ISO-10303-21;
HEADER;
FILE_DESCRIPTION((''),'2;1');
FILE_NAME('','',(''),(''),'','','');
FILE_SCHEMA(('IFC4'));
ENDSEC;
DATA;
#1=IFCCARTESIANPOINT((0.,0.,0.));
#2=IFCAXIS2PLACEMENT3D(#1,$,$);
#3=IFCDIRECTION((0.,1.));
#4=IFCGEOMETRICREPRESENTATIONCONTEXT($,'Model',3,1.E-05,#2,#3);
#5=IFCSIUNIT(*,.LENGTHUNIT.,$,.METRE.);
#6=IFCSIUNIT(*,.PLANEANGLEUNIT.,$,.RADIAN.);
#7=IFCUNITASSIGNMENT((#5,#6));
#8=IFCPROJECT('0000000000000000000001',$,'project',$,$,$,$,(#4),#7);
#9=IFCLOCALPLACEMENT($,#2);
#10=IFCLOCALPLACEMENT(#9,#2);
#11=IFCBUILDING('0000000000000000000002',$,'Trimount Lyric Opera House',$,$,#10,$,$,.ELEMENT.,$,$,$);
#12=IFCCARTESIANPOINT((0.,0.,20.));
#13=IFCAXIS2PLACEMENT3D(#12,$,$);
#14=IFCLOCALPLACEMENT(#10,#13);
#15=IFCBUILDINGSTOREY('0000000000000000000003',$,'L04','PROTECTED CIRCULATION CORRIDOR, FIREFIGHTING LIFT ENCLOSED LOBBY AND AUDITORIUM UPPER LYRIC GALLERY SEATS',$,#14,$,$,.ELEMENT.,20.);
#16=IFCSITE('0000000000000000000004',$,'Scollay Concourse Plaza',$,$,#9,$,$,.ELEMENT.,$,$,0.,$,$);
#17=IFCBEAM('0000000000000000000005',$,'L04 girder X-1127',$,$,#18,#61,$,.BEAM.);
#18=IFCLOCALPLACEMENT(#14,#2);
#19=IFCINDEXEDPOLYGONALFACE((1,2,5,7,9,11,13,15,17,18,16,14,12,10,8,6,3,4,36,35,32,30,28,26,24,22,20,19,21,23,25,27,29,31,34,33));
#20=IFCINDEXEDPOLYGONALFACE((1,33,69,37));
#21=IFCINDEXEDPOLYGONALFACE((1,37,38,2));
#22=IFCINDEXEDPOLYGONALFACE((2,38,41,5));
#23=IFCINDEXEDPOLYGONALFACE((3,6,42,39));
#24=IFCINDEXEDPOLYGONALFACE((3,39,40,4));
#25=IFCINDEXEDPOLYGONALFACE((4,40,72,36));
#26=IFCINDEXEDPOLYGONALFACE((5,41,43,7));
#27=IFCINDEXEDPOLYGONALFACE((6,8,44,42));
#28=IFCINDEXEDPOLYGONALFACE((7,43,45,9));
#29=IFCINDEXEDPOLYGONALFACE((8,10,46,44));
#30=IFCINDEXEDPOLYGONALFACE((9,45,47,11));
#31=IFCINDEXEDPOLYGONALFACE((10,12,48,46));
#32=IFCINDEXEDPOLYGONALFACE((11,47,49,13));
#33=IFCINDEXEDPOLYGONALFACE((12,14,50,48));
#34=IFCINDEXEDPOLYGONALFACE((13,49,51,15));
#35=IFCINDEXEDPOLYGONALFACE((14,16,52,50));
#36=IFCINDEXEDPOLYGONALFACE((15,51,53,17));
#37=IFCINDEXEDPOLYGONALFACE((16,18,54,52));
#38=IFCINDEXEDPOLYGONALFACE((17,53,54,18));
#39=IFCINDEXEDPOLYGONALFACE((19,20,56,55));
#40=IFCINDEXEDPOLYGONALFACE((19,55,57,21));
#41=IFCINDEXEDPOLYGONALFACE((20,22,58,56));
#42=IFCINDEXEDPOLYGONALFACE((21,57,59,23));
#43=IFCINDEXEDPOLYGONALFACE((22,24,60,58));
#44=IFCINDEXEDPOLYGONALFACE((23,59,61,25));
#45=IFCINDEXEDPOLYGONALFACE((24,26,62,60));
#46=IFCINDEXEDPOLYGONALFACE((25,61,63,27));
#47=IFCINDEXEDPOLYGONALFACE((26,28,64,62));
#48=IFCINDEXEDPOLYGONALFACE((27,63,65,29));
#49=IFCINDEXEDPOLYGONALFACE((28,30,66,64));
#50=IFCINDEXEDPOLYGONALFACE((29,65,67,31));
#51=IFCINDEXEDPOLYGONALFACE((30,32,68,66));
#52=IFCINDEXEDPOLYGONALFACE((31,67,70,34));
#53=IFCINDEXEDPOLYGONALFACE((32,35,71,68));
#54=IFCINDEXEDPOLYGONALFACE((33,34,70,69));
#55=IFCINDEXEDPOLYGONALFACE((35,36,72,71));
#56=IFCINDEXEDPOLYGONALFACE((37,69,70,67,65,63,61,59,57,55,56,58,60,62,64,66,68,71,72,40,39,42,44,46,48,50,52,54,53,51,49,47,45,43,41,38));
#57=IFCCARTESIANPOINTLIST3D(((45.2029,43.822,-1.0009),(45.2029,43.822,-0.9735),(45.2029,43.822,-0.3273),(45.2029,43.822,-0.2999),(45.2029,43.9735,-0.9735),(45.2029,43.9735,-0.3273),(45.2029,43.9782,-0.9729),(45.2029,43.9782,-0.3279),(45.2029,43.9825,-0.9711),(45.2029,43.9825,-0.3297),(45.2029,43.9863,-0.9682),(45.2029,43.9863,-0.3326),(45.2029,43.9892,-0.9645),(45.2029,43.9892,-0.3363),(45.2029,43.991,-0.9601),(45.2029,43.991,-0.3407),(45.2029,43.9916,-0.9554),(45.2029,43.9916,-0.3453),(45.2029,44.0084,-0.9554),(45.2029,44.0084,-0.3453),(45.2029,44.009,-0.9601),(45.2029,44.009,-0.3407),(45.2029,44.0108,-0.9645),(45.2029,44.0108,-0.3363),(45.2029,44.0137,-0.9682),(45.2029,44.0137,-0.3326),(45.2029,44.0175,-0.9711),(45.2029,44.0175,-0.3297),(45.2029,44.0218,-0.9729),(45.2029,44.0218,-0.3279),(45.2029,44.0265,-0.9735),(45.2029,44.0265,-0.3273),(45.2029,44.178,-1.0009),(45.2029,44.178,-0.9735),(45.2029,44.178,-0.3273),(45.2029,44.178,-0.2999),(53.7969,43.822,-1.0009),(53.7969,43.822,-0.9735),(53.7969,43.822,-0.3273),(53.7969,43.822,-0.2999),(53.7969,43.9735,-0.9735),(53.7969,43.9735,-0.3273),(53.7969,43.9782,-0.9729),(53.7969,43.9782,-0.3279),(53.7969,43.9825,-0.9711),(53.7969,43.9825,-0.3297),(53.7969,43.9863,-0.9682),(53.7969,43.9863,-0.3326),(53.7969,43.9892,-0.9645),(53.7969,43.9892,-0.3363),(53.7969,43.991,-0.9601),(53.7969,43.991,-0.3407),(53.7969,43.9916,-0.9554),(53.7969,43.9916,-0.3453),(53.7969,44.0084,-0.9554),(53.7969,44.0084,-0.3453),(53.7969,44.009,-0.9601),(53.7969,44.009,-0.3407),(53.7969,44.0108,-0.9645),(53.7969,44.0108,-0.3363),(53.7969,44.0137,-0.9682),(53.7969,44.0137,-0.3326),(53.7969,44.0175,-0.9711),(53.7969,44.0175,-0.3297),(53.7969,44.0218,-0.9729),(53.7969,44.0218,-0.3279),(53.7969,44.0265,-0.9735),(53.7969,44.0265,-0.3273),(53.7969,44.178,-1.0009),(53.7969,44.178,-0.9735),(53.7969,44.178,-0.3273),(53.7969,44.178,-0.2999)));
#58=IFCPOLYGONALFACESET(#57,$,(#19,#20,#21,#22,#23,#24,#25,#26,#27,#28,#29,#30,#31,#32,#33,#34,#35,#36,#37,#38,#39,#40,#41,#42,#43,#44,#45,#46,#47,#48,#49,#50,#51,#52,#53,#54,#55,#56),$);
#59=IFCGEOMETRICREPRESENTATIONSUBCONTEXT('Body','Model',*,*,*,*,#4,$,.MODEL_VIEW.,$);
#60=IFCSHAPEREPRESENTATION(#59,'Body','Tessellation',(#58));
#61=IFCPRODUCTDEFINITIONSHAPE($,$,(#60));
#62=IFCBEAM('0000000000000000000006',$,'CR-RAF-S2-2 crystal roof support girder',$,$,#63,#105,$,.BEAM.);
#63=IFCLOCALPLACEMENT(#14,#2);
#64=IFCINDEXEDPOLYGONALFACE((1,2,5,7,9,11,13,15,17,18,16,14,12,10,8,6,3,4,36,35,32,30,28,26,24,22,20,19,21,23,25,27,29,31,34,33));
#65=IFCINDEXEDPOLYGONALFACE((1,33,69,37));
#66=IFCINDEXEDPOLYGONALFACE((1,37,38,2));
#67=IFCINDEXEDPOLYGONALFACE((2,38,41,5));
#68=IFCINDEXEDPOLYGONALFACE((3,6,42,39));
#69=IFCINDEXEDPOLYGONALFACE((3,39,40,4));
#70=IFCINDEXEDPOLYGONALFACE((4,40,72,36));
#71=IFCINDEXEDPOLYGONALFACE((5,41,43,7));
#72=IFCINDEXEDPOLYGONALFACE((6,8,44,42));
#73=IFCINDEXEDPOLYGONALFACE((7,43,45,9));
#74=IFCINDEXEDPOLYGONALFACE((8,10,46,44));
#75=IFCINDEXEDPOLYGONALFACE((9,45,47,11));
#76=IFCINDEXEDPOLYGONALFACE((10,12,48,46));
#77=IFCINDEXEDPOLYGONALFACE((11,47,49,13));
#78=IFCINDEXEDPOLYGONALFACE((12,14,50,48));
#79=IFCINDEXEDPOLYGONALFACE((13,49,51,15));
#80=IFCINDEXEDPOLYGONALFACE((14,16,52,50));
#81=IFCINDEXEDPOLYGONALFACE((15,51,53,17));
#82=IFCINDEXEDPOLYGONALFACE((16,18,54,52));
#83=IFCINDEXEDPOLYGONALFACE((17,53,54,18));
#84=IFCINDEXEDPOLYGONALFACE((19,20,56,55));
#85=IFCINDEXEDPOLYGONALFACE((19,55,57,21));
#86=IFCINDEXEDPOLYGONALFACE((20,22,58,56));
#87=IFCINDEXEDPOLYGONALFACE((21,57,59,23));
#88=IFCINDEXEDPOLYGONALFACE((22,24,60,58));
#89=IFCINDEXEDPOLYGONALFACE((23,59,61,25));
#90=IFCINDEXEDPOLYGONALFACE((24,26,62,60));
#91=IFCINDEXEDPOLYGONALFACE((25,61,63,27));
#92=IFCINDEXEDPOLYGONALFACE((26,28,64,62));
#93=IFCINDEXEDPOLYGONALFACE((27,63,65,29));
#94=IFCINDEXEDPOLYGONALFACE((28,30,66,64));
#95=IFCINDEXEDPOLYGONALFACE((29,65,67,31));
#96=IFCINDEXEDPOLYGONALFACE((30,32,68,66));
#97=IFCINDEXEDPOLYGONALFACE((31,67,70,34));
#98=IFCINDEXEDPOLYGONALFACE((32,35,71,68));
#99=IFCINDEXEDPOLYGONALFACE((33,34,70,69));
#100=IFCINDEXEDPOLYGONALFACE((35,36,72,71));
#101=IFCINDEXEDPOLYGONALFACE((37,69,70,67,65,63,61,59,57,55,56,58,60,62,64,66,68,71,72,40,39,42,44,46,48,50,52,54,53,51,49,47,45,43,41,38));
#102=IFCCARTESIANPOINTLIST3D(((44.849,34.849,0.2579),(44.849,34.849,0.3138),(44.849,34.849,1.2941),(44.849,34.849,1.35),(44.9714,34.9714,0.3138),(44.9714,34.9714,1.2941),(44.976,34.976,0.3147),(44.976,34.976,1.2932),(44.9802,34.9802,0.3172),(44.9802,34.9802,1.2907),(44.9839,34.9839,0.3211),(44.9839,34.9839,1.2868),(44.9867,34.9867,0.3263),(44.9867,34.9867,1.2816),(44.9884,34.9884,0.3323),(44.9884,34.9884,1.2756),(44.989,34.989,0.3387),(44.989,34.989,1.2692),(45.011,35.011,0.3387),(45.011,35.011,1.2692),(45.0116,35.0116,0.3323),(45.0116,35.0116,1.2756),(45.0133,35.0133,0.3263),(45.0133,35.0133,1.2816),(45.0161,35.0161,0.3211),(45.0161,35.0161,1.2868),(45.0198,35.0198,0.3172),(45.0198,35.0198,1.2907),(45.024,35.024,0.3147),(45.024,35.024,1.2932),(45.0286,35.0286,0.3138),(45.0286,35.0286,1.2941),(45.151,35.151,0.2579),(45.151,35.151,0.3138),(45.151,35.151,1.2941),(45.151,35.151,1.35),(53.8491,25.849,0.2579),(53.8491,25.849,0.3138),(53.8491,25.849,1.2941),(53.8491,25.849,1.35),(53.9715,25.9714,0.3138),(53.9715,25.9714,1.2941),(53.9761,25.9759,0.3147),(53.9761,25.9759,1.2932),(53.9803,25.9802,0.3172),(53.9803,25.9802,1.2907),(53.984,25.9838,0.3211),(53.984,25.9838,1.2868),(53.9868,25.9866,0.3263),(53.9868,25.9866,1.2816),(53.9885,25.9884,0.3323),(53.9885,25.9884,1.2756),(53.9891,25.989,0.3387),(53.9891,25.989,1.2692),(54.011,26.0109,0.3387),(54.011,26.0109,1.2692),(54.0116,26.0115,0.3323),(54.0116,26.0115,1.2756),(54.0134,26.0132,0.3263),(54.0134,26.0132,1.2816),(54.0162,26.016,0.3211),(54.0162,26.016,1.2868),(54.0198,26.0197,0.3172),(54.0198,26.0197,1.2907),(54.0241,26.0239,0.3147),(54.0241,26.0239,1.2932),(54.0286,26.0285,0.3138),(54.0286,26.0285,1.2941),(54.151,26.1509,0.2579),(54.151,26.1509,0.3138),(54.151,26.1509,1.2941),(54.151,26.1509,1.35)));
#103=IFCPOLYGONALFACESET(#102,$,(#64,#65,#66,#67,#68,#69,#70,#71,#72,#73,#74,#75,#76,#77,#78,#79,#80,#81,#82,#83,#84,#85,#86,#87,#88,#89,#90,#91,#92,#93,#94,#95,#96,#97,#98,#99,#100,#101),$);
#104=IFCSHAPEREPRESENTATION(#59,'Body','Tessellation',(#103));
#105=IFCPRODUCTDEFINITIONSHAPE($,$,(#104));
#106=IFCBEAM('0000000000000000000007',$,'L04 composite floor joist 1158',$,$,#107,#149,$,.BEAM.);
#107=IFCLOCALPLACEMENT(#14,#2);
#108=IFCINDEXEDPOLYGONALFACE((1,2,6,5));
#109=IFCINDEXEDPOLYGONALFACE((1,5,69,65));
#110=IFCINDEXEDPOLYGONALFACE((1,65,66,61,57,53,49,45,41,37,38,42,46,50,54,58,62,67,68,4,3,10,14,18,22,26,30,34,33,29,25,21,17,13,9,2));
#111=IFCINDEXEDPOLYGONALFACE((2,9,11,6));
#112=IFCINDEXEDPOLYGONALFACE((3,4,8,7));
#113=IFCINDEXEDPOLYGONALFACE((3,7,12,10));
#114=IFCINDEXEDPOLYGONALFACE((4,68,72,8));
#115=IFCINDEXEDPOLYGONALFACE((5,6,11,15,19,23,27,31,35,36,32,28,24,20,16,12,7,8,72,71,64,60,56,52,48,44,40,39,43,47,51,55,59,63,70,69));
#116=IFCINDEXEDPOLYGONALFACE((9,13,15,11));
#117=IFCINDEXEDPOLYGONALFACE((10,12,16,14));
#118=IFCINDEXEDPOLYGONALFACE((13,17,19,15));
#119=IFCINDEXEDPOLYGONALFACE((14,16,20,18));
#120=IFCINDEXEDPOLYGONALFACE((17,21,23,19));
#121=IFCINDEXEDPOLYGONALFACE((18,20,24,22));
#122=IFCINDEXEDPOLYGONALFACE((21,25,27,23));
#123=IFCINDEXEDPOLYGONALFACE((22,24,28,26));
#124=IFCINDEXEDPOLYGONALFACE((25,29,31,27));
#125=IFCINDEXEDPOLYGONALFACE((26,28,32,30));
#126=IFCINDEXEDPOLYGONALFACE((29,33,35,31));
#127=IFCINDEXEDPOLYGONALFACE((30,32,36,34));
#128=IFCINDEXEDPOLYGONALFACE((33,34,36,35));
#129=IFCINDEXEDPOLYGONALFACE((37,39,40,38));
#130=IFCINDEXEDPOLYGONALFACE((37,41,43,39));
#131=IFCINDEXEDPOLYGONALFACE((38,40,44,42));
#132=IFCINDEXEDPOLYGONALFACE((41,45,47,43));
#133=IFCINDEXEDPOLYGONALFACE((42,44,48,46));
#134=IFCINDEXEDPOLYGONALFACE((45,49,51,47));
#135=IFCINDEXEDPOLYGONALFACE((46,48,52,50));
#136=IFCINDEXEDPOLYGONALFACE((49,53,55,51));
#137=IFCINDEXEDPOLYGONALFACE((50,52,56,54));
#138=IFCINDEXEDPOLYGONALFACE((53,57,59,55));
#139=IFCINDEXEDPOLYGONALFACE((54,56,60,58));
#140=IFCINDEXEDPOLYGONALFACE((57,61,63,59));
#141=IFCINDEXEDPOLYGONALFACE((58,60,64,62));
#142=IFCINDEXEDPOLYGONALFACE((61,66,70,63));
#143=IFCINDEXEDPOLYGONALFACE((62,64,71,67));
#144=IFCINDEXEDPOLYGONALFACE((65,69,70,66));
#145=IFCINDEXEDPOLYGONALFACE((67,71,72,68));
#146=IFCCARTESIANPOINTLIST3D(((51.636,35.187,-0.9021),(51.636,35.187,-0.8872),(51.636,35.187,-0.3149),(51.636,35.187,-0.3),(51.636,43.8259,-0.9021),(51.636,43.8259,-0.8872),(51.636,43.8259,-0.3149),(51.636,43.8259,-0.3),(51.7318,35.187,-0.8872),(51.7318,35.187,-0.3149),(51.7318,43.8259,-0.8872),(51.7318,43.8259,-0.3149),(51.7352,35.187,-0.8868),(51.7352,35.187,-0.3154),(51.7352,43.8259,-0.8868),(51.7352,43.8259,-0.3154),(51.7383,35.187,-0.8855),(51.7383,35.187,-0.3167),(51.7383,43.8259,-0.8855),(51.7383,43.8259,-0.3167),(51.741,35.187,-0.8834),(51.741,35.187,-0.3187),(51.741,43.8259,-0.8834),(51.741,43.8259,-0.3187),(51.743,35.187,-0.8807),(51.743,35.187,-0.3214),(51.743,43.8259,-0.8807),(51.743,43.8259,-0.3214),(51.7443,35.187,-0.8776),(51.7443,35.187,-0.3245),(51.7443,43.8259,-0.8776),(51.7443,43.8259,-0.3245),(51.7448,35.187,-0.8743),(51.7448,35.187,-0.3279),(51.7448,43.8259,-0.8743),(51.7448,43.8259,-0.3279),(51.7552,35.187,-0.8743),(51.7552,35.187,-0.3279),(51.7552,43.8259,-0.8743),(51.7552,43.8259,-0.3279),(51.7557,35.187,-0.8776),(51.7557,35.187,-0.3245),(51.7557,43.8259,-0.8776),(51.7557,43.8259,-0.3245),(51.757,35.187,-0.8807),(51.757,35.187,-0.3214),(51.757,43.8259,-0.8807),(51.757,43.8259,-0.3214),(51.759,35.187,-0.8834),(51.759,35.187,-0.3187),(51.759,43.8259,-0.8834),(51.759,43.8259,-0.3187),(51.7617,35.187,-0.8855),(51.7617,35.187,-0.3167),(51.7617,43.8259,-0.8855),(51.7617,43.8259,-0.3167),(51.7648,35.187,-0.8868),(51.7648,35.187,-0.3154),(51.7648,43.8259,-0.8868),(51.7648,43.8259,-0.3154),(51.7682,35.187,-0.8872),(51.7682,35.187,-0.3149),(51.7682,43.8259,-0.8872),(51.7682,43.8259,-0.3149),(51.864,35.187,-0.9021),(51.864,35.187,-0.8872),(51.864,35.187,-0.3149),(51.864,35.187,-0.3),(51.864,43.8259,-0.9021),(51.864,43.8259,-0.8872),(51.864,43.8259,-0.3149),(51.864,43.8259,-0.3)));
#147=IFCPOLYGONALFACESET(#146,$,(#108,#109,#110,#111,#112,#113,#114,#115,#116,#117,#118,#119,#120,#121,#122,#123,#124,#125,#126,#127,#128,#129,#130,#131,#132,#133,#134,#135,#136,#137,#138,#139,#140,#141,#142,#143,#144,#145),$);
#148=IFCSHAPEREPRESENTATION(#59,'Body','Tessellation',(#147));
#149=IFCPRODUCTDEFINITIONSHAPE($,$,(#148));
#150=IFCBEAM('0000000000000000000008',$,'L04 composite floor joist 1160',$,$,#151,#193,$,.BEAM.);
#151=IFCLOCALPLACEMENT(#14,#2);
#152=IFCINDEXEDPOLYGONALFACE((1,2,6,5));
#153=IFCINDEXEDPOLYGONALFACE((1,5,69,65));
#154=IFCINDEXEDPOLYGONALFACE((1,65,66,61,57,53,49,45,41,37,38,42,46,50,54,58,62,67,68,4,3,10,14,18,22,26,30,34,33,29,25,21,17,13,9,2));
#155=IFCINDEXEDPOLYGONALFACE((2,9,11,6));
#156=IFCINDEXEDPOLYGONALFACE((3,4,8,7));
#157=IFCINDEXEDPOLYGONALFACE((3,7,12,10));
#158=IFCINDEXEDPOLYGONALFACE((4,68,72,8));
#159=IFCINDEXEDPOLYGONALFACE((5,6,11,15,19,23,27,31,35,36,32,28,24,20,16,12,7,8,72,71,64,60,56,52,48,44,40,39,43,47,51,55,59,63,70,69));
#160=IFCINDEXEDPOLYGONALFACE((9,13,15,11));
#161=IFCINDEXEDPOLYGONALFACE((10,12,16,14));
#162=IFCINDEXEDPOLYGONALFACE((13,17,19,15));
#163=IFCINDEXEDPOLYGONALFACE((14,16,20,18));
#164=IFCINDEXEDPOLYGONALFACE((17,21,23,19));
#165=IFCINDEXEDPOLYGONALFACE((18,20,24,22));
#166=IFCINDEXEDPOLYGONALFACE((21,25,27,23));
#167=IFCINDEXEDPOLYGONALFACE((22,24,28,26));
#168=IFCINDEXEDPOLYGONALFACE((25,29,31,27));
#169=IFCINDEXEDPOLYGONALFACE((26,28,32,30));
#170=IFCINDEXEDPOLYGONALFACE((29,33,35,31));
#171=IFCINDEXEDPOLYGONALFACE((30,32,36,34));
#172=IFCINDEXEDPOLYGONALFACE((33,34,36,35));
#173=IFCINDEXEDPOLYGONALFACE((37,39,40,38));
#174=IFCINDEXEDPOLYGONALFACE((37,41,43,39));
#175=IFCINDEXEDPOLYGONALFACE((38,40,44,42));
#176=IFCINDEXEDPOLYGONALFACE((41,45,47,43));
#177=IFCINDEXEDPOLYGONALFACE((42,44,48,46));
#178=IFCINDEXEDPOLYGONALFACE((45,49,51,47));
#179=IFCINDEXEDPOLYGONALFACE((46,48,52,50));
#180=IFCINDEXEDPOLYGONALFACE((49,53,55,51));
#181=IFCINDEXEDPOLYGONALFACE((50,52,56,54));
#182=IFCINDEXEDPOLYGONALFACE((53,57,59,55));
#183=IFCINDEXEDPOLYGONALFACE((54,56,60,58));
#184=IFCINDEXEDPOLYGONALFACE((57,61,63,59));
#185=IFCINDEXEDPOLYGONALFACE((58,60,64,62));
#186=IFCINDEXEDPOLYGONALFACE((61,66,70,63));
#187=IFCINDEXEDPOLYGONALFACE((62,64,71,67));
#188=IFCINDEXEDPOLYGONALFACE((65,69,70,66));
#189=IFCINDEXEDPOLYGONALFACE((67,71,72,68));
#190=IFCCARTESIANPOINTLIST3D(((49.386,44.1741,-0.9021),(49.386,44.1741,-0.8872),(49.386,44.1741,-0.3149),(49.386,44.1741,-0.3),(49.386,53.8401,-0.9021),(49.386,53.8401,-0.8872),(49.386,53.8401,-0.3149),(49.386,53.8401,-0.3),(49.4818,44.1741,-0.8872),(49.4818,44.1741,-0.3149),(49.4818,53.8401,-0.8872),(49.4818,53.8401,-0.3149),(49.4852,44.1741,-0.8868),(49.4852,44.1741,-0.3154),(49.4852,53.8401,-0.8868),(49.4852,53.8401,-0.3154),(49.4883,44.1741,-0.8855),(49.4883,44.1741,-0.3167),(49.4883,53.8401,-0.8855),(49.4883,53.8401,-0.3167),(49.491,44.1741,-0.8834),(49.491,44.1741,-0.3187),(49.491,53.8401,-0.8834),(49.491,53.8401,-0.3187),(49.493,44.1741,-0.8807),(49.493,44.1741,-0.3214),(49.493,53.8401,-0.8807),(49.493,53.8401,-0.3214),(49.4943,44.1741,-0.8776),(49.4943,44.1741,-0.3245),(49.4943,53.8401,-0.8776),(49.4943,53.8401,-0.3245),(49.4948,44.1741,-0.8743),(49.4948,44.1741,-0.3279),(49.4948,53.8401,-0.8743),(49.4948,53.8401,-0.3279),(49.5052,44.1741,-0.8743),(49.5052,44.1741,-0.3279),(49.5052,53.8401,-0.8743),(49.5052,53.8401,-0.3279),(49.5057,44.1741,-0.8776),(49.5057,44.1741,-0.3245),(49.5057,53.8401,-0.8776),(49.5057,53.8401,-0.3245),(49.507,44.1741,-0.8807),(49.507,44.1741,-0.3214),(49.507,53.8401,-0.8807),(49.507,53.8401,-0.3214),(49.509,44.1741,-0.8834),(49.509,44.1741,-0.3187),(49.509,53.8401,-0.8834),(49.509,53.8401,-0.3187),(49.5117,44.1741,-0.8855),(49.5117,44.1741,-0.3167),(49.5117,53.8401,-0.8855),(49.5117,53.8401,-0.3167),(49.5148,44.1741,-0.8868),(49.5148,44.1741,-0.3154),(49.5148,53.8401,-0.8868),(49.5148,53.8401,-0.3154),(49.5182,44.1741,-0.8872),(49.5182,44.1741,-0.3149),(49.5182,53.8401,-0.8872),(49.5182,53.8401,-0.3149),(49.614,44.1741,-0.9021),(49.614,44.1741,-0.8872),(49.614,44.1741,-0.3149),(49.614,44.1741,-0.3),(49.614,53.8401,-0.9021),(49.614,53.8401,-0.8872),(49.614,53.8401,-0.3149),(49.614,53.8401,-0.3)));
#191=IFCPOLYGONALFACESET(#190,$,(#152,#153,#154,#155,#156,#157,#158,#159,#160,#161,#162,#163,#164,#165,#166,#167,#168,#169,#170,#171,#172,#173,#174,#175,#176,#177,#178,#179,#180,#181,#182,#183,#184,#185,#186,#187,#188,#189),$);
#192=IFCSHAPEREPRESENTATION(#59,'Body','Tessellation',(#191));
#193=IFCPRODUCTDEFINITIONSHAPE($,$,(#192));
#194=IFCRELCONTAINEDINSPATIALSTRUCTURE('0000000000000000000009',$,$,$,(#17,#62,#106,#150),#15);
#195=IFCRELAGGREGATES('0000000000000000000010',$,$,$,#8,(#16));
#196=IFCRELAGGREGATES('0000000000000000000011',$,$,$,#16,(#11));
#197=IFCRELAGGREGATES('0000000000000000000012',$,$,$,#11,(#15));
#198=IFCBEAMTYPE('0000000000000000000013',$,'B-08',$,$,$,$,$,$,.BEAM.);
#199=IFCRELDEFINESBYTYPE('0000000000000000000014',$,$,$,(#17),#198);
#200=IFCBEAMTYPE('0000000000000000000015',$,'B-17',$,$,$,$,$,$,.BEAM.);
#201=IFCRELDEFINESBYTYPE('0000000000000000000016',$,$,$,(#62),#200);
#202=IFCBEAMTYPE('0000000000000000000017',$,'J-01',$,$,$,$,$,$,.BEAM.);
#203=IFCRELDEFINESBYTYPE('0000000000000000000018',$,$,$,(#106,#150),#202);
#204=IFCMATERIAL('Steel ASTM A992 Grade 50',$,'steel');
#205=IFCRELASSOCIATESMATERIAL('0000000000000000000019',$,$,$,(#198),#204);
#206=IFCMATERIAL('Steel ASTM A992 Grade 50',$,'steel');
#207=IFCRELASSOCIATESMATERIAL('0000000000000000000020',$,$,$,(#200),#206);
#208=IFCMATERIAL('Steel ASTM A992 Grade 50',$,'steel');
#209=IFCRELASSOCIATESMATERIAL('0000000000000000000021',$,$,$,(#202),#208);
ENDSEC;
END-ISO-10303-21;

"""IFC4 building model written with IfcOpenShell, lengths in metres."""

from ifc_helpers import new_model, si_unit, direction, frame, origin, origin_2d, place, context, subcontext, project, spatial, i_section, extrude, material, material_profile, profile_set, type_object, element, save


model = new_model("IFC4")

# Units and contexts
model_context = context("Model", 3, precision=1e-05, world=origin(), true_north=direction((0.0, 1.0)))
body_context = subcontext(model_context, "Body", "Model", "MODEL_VIEW")
ifc_project = project(units=[si_unit("LENGTHUNIT", "METRE"), si_unit("PLANEANGLEUNIT", "RADIAN")], contexts=[model_context])

# Site, building, storey
site_placement = place(None, origin())
site = spatial("IfcSite", under=ifc_project, at=site_placement, Name="Scollay Concourse Plaza", CompositionType="ELEMENT", RefElevation=0.0)
building_placement = place(site_placement, origin())
building = spatial("IfcBuilding", under=site, at=building_placement, Name="Trimount Lyric Opera House", CompositionType="ELEMENT")
storey_placement = place(building_placement, frame((0.0, 0.0, 20.0)))
storey = spatial("IfcBuildingStorey", under=building, at=storey_placement, Name="L04", Description="PROTECTED CIRCULATION CORRIDOR, FIREFIGHTING LIFT ENCLOSED LOBBY AND AUDITORIUM UPPER LYRIC GALLERY SEATS", CompositionType="ELEMENT", Elevation=20.0)

# Beams
ifc_material_1 = material(Name="Steel ASTM A992 Grade 50", Category="steel")
ifc_material_profile_1 = material_profile(ifc_material_1, i_section(OverallWidth=0.356, OverallDepth=0.7009, WebThickness=0.0168, FlangeThickness=0.0273, FilletRadius=0.0181, at=origin_2d()), Name="W27X161")
ifc_profile_set_1 = profile_set([ifc_material_profile_1], Name="Steel ASTM A992 Grade 50")
beam_type_1 = type_object("IfcBeamType", Name="B-08", PredefinedType="BEAM", material=ifc_profile_set_1)
beam_1_placement = place(storey_placement, frame((45.2029, 44.0, -0.6504), z_axis=(1.0, 0.0, 0.0), x_axis=(0.0, 1.0, 0.0)))
element("IfcBeam", 1, at=beam_1_placement, inside=storey, type_object=beam_type_1, Name="L04 girder X-1127", PredefinedType="BEAM", context=body_context, shape_type="SweptSolid", body=[
    extrude(i_section(OverallWidth=0.356, OverallDepth=0.7009, WebThickness=0.0168, FlangeThickness=0.0273, FilletRadius=0.0181, at=origin_2d()), origin(), (0.0, 0.0, 1.0), 8.594),
])
ifc_material_2 = material(Name="Steel ASTM A992 Grade 50", Category="steel")
ifc_material_profile_2 = material_profile(ifc_material_2, i_section(OverallWidth=0.427, OverallDepth=1.092, WebThickness=0.031, FlangeThickness=0.0559, FilletRadius=0.0249, at=origin_2d()), Name="W40X397")
ifc_profile_set_2 = profile_set([ifc_material_profile_2], Name="Steel ASTM A992 Grade 50")
beam_type_2 = type_object("IfcBeamType", Name="B-17", PredefinedType="BEAM", material=ifc_profile_set_2)
beam_2_placement = place(storey_placement, frame((45.0, 35.0, 0.804), z_axis=(0.707107, -0.707107, 0.0), x_axis=(0.707107, 0.707107, 0.0)))
element("IfcBeam", 2, at=beam_2_placement, inside=storey, type_object=beam_type_2, Name="CR-RAF-S2-2 crystal roof support girder", PredefinedType="BEAM", context=body_context, shape_type="SweptSolid", body=[
    extrude(i_section(OverallWidth=0.427, OverallDepth=1.092, WebThickness=0.031, FlangeThickness=0.0559, FilletRadius=0.0249, at=origin_2d()), origin(), (0.0, 0.0, 1.0), 12.728),
])
ifc_material_3 = material(Name="Steel ASTM A992 Grade 50", Category="steel")
ifc_material_profile_3 = material_profile(ifc_material_3, i_section(OverallWidth=0.228, OverallDepth=0.6021, WebThickness=0.0105, FlangeThickness=0.0149, FilletRadius=0.0129, at=origin_2d()), Name="W24X68")
ifc_profile_set_3 = profile_set([ifc_material_profile_3], Name="Steel ASTM A992 Grade 50")
beam_type_3 = type_object("IfcBeamType", Name="J-01", PredefinedType="BEAM", material=ifc_profile_set_3)
beam_3_placement = place(storey_placement, frame((51.75, 35.187, -0.6011), z_axis=(0.0, 1.0, 0.0), x_axis=(-1.0, 0.0, 0.0)))
element("IfcBeam", 3, at=beam_3_placement, inside=storey, type_object=beam_type_3, Name="L04 composite floor joist 1158", PredefinedType="BEAM", context=body_context, shape_type="SweptSolid", body=[
    extrude(i_section(OverallWidth=0.228, OverallDepth=0.6021, WebThickness=0.0105, FlangeThickness=0.0149, FilletRadius=0.0129, at=origin_2d()), origin(), (0.0, 0.0, 1.0), 8.6389),
])
beam_4_placement = place(storey_placement, frame((49.5, 44.1741, -0.6011), z_axis=(0.0, 1.0, 0.0), x_axis=(-1.0, 0.0, 0.0)))
element("IfcBeam", 4, at=beam_4_placement, inside=storey, type_object=beam_type_3, Name="L04 composite floor joist 1160", PredefinedType="BEAM", context=body_context, shape_type="SweptSolid", body=[
    extrude(i_section(OverallWidth=0.228, OverallDepth=0.6021, WebThickness=0.0105, FlangeThickness=0.0149, FilletRadius=0.0129, at=origin_2d()), origin(), (0.0, 0.0, 1.0), 9.666),
])

save(model, "model.ifc")
